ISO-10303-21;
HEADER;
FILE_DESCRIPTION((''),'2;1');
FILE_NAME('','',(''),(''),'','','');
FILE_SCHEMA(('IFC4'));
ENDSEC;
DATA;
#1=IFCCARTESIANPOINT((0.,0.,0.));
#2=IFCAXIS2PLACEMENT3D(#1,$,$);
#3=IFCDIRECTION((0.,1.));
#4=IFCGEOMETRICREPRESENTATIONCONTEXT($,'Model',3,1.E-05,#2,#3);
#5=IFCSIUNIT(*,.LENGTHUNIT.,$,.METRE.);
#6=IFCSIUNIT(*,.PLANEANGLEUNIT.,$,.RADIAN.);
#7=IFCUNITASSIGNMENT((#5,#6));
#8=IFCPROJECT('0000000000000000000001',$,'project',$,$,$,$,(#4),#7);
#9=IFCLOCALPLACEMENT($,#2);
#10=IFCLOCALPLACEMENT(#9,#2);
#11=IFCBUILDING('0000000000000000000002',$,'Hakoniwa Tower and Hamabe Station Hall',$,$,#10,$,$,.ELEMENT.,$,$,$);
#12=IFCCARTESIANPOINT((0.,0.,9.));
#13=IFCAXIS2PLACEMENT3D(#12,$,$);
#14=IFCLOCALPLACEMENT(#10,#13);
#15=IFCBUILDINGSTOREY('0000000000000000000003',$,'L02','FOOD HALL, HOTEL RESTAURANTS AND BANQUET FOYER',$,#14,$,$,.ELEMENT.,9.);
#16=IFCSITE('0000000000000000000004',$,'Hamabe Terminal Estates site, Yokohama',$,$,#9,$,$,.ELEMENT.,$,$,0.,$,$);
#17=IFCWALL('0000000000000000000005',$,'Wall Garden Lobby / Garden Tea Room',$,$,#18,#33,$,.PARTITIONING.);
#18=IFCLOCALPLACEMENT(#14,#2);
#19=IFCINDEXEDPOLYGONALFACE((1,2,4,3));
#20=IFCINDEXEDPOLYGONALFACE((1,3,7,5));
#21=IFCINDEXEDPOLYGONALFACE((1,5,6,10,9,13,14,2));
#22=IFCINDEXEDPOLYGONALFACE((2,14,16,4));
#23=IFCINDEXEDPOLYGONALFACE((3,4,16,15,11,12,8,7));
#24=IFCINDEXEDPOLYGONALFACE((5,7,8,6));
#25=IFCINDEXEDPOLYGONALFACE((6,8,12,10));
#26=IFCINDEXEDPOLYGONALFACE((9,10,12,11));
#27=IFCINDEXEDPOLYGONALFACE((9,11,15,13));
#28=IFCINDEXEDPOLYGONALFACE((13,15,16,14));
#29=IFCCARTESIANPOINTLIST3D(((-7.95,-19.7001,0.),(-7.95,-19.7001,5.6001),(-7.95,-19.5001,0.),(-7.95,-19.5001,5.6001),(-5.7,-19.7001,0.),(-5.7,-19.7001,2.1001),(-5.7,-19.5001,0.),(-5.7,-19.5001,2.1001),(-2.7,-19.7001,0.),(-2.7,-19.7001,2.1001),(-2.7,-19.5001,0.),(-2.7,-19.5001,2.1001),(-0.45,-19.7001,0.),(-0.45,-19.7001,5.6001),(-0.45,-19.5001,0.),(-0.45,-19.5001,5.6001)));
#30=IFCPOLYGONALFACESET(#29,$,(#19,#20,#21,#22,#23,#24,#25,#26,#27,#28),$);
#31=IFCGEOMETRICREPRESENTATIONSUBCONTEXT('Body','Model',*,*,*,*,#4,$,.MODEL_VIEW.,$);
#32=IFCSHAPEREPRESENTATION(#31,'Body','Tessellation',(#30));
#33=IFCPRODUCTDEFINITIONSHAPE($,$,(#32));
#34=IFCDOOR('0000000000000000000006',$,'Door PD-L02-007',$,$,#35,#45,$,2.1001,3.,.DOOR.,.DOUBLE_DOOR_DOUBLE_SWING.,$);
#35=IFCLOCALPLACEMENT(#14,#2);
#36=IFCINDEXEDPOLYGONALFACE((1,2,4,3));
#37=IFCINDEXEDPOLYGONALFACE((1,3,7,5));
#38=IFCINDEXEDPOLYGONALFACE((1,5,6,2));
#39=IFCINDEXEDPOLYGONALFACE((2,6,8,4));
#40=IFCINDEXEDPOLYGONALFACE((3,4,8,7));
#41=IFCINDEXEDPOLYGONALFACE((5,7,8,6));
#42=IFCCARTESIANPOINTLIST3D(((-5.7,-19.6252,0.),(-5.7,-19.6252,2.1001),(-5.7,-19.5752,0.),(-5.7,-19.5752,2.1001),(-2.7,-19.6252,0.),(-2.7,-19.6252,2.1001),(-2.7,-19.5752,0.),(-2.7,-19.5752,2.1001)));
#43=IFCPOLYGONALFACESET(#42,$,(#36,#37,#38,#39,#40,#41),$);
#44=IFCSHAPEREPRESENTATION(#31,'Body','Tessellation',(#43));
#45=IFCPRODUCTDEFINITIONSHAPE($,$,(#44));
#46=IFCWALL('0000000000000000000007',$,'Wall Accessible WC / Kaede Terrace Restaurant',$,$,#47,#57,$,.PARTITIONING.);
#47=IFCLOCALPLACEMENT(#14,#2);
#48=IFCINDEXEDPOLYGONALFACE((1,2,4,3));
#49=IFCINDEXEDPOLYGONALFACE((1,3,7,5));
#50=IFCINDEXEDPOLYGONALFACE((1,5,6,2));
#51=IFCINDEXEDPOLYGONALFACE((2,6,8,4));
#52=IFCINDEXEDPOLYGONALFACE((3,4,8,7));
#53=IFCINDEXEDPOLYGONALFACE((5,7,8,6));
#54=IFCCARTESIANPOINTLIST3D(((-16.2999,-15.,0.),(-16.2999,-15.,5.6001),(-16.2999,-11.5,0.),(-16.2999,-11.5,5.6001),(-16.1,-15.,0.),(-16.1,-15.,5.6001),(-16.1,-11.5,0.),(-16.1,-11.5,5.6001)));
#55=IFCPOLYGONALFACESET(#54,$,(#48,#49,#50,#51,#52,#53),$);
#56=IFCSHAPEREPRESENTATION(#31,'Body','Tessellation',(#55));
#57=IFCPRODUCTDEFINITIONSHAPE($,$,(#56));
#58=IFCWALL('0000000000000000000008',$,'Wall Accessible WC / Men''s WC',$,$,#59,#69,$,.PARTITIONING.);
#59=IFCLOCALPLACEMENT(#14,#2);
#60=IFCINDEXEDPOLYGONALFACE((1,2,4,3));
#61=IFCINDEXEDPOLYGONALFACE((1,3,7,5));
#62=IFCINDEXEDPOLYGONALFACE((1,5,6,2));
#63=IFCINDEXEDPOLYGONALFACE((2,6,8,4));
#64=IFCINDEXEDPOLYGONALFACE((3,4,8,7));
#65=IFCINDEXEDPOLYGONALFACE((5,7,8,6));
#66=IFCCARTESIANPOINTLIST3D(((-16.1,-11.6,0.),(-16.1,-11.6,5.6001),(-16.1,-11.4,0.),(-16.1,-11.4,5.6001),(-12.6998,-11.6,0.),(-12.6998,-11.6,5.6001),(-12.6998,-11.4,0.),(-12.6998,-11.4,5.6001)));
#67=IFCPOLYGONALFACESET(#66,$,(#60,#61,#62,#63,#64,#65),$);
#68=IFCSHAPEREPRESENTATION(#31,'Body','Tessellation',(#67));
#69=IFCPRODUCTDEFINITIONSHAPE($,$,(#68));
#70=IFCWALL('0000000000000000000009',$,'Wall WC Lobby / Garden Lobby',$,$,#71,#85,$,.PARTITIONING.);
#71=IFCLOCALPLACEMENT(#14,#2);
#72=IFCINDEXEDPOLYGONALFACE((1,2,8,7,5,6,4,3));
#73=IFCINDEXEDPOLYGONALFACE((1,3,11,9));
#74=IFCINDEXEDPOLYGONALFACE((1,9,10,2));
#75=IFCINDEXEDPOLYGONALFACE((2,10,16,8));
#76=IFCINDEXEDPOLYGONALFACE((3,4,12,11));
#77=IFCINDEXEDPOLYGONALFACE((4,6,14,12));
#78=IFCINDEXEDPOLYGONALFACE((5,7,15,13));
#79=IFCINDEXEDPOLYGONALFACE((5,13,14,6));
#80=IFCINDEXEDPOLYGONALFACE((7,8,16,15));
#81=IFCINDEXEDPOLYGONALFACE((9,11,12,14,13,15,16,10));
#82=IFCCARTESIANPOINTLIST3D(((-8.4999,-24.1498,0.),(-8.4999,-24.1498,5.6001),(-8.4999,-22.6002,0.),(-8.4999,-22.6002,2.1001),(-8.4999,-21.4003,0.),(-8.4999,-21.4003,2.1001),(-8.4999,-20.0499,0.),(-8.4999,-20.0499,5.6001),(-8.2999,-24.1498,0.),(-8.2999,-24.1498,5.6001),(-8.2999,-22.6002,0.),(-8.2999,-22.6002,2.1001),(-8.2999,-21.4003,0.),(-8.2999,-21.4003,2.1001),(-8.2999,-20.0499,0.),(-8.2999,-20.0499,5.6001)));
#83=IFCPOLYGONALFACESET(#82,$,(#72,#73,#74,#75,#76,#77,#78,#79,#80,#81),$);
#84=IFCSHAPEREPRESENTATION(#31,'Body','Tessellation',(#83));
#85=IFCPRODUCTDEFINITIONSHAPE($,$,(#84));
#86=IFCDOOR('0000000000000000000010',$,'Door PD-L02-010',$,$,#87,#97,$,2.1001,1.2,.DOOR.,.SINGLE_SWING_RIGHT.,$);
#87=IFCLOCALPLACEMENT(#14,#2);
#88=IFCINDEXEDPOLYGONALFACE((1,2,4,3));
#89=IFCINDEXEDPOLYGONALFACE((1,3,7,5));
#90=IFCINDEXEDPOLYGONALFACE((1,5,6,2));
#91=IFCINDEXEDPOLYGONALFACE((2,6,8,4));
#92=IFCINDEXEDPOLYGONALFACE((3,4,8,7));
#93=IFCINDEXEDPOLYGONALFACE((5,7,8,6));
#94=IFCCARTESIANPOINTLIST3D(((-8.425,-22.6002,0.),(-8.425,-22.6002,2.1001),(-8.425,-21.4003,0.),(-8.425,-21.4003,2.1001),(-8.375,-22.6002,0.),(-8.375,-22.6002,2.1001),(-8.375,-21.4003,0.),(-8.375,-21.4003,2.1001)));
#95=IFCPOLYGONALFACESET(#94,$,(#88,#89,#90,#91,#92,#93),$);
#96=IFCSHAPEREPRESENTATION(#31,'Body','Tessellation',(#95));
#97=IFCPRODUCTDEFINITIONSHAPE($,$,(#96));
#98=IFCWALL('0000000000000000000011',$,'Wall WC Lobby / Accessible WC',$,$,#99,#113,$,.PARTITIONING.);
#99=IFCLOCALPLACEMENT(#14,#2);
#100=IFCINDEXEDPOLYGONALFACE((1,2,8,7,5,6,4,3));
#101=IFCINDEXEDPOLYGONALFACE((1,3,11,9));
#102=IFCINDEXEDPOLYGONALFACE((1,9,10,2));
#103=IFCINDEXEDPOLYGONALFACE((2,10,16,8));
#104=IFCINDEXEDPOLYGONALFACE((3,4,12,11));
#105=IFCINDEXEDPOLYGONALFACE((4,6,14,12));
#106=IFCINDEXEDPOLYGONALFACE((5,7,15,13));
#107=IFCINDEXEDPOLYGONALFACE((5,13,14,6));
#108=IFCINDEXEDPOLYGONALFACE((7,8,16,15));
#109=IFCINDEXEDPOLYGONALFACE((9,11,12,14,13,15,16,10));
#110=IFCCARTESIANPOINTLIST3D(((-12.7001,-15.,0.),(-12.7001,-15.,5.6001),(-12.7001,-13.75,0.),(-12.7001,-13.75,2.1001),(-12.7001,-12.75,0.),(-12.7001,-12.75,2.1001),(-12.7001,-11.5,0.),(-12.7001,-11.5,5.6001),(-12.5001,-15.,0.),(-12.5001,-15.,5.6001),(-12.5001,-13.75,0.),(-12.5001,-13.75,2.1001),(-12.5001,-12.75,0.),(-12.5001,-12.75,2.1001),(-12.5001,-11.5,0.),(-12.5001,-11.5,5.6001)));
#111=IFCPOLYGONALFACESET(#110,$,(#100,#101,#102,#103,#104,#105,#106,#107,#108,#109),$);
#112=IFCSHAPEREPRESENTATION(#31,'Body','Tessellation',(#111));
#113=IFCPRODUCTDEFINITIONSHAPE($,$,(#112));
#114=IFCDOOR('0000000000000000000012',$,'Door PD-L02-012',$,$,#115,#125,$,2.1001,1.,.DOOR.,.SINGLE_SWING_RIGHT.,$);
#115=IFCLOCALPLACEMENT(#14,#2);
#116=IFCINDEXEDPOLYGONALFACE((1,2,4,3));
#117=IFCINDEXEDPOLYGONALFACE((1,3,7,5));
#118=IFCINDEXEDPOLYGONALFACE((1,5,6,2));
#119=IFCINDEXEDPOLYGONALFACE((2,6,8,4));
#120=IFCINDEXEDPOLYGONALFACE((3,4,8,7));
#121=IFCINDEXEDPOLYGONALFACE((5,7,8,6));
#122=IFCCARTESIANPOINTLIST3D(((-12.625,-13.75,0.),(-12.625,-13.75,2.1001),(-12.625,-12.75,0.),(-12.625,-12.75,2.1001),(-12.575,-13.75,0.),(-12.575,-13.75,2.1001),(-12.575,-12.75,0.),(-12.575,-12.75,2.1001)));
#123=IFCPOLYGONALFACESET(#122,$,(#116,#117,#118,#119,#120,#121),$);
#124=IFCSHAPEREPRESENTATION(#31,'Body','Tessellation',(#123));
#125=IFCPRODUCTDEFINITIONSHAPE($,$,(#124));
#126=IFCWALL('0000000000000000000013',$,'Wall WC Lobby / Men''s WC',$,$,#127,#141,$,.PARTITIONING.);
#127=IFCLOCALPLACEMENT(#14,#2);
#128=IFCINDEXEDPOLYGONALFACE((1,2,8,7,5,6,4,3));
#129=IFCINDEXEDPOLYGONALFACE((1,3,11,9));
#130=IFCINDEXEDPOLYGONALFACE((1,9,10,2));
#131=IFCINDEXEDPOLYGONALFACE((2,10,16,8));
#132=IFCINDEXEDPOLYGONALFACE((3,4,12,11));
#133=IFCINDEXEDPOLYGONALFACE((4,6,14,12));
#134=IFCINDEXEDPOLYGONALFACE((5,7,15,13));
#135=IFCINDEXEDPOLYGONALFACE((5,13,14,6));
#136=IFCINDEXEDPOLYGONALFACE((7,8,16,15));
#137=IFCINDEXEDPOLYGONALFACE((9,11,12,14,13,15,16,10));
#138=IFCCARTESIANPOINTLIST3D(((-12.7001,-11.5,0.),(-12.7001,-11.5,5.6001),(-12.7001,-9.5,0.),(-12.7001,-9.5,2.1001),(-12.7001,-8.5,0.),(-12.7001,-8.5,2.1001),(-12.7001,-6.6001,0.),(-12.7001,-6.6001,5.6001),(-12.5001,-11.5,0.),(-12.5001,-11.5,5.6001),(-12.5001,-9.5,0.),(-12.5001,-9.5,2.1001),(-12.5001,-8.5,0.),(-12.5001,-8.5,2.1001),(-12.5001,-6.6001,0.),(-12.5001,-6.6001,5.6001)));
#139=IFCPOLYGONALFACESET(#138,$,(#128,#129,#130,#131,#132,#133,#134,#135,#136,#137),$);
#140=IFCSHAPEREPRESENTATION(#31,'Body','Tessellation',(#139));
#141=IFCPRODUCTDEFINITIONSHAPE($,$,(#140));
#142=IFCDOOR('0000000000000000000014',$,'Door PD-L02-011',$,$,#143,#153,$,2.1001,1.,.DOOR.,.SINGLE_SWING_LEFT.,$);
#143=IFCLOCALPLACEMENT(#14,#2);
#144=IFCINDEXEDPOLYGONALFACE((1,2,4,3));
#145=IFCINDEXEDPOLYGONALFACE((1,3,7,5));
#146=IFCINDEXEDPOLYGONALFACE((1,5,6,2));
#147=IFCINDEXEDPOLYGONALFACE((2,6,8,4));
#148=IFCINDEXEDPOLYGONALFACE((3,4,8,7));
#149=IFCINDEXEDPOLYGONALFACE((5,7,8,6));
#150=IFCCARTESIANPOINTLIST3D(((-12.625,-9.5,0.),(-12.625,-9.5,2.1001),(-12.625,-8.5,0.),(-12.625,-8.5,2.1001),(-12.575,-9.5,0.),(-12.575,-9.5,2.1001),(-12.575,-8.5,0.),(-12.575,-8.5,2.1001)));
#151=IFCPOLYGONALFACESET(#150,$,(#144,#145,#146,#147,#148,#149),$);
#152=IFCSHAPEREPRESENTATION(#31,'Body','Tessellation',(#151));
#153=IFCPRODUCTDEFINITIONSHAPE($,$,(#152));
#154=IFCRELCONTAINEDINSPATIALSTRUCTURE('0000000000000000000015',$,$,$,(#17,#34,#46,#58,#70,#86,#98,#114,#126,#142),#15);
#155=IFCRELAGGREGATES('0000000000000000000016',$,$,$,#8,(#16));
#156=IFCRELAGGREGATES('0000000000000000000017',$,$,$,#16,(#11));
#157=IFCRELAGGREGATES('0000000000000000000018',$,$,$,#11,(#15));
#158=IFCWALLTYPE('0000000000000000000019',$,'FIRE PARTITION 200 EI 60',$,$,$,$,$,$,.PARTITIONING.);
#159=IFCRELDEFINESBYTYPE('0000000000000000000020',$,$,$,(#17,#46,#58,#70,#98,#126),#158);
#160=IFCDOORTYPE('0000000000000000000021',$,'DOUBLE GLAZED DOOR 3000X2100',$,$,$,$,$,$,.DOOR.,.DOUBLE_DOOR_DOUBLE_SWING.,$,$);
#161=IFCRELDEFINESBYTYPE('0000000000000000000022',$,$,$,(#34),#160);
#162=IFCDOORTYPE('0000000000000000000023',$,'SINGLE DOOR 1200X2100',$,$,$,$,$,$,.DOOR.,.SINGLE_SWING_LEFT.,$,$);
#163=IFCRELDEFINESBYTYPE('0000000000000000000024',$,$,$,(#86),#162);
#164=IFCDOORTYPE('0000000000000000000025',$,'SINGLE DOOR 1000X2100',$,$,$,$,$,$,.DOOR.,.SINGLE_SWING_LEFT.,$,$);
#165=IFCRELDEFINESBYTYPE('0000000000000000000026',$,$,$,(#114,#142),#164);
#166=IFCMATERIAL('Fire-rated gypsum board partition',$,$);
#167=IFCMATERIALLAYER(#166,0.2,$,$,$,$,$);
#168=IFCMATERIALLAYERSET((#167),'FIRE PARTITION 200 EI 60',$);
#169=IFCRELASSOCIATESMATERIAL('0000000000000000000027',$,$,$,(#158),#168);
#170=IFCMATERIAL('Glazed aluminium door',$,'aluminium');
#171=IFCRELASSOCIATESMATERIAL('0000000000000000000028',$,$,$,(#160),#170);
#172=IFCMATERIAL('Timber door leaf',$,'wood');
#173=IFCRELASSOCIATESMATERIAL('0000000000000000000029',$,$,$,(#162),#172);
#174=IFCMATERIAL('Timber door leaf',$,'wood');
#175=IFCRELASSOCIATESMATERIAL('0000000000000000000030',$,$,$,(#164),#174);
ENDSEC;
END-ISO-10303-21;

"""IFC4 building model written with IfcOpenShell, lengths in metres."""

from ifc_helpers import new_model, si_unit, direction, frame, frame_2d, origin, place, context, subcontext, project, spatial, rectangle, extrude, material, layer, layer_set, type_object, element, fill, save


model = new_model("IFC4")

# Units and contexts
model_context = context("Model", 3, precision=1e-05, world=origin(), true_north=direction((0.0, 1.0)))
body_context = subcontext(model_context, "Body", "Model", "MODEL_VIEW")
ifc_project = project(units=[si_unit("LENGTHUNIT", "METRE"), si_unit("PLANEANGLEUNIT", "RADIAN")], contexts=[model_context])

# Site, building, storey
site_placement = place(None, origin())
site = spatial("IfcSite", under=ifc_project, at=site_placement, Name="Hamabe Terminal Estates site, Yokohama", CompositionType="ELEMENT", RefElevation=0.0)
building_placement = place(site_placement, origin())
building = spatial("IfcBuilding", under=site, at=building_placement, Name="Hakoniwa Tower and Hamabe Station Hall", CompositionType="ELEMENT")
storey_placement = place(building_placement, frame((0.0, 0.0, 9.0)))
storey = spatial("IfcBuildingStorey", under=building, at=storey_placement, Name="L02", Description="FOOD HALL, HOTEL RESTAURANTS AND BANQUET FOYER", CompositionType="ELEMENT", Elevation=9.0)

# Wall, opening, door
ifc_material_1 = material(Name="Fire-rated gypsum board partition")
ifc_layer = layer(ifc_material_1, 0.2)
ifc_layer_set = layer_set([ifc_layer], Name="FIRE PARTITION 200 EI 60")
wall_type = type_object("IfcWallType", Name="FIRE PARTITION 200 EI 60", PredefinedType="PARTITIONING", material=ifc_layer_set)
wall_1_placement = place(storey_placement, frame((-7.95, -19.6001, 0.0), z_axis=(0.0, 0.0, 1.0), x_axis=(1.0, 0.0, 0.0)))
wall_1 = element("IfcWall", 1, at=wall_1_placement, inside=storey, type_object=wall_type, Name="Wall Garden Lobby / Garden Tea Room", PredefinedType="PARTITIONING", context=body_context, shape_type="SweptSolid", body=[
    extrude(rectangle(XDim=7.5, YDim=0.2, at=frame_2d((3.75, 0.0))), origin(), (0.0, 0.0, 1.0), 5.6001),
])
opening_1_placement = place(wall_1_placement, frame((2.25, 0.0, 0.0)))
opening_1 = element("IfcOpeningElement", 2, at=opening_1_placement, cuts=wall_1, PredefinedType="OPENING", context=body_context, shape_type="SweptSolid", body=[
    extrude(rectangle(XDim=3.0, YDim=2.1001, at=frame_2d((1.5, 1.05))), frame((0.0, 0.1099, 0.0), z_axis=(0.0, -1.0, 0.0), x_axis=(1.0, 0.0, 0.0)), (0.0, 0.0, 1.0), 0.22),
])
ifc_material_2 = material(Name="Glazed aluminium door", Category="aluminium")
door_type_1 = type_object("IfcDoorType", Name="DOUBLE GLAZED DOOR 3000X2100", OperationType="DOUBLE_DOOR_DOUBLE_SWING", PredefinedType="DOOR", material=ifc_material_2)
door_1_placement = place(opening_1_placement, origin())
door_1 = element("IfcDoor", 3, at=door_1_placement, inside=storey, type_object=door_type_1, Name="Door PD-L02-007", OperationType="DOUBLE_DOOR_DOUBLE_SWING", OverallHeight=2.1001, OverallWidth=3.0, PredefinedType="DOOR", context=body_context, shape_type="SweptSolid", body=[
    extrude(rectangle(XDim=3.0, YDim=2.1001, at=frame_2d((1.5, 1.05))), frame((0.0, 0.0249, 0.0), z_axis=(0.0, -1.0, 0.0), x_axis=(1.0, 0.0, 0.0)), (0.0, 0.0, 1.0), 0.05),
])
fill(opening_1, door_1)

# Walls
wall_2_placement = place(storey_placement, frame((-16.2, -15.0, 0.0), z_axis=(0.0, 0.0, 1.0), x_axis=(0.0, 1.0, 0.0)))
element("IfcWall", 4, at=wall_2_placement, inside=storey, type_object=wall_type, Name="Wall Accessible WC / Kaede Terrace Restaurant", PredefinedType="PARTITIONING", context=body_context, shape_type="SweptSolid", body=[
    extrude(rectangle(XDim=3.5, YDim=0.2, at=frame_2d((1.75, 0.0))), origin(), (0.0, 0.0, 1.0), 5.6001),
])
wall_3_placement = place(storey_placement, frame((-16.1001, -11.5, 0.0), z_axis=(0.0, 0.0, 1.0), x_axis=(1.0, 0.0, 0.0)))
element("IfcWall", 5, at=wall_3_placement, inside=storey, type_object=wall_type, Name="Wall Accessible WC / Men's WC", PredefinedType="PARTITIONING", context=body_context, shape_type="SweptSolid", body=[
    extrude(rectangle(XDim=3.4001, YDim=0.2, at=frame_2d((1.7002, 0.0))), origin(), (0.0, 0.0, 1.0), 5.6001),
])

# Walls, openings, doors
wall_4_placement = place(storey_placement, frame((-8.3999, -20.05, 0.0), z_axis=(0.0, 0.0, 1.0), x_axis=(0.0, -1.0, 0.0)))
wall_4 = element("IfcWall", 6, at=wall_4_placement, inside=storey, type_object=wall_type, Name="Wall WC Lobby / Garden Lobby", PredefinedType="PARTITIONING", context=body_context, shape_type="SweptSolid", body=[
    extrude(rectangle(XDim=4.0999, YDim=0.2, at=frame_2d((2.0498, 0.0))), origin(), (0.0, 0.0, 1.0), 5.6001),
])
opening_2_placement = place(wall_4_placement, frame((1.3501, 0.0, 0.0)))
opening_2 = element("IfcOpeningElement", 7, at=opening_2_placement, cuts=wall_4, PredefinedType="OPENING", context=body_context, shape_type="SweptSolid", body=[
    extrude(rectangle(XDim=1.2, YDim=2.1001, at=frame_2d((0.6001, 1.05))), frame((0.0, 0.1099, 0.0), z_axis=(0.0, -1.0, 0.0), x_axis=(1.0, 0.0, 0.0)), (0.0, 0.0, 1.0), 0.22),
])
ifc_material_3 = material(Name="Timber door leaf", Category="wood")
door_type_2 = type_object("IfcDoorType", Name="SINGLE DOOR 1200X2100", OperationType="SINGLE_SWING_LEFT", PredefinedType="DOOR", material=ifc_material_3)
door_2_placement = place(opening_2_placement, origin())
door_2 = element("IfcDoor", 8, at=door_2_placement, inside=storey, type_object=door_type_2, Name="Door PD-L02-010", OperationType="SINGLE_SWING_RIGHT", OverallHeight=2.1001, OverallWidth=1.2, PredefinedType="DOOR", context=body_context, shape_type="SweptSolid", body=[
    extrude(rectangle(XDim=1.2, YDim=2.1001, at=frame_2d((0.6001, 1.05))), frame((0.0, 0.0249, 0.0), z_axis=(0.0, -1.0, 0.0), x_axis=(1.0, 0.0, 0.0)), (0.0, 0.0, 1.0), 0.05),
])
fill(opening_2, door_2)
wall_5_placement = place(storey_placement, frame((-12.6001, -15.0, 0.0), z_axis=(0.0, 0.0, 1.0), x_axis=(0.0, 1.0, 0.0)))
wall_5 = element("IfcWall", 9, at=wall_5_placement, inside=storey, type_object=wall_type, Name="Wall WC Lobby / Accessible WC", PredefinedType="PARTITIONING", context=body_context, shape_type="SweptSolid", body=[
    extrude(rectangle(XDim=3.5, YDim=0.2, at=frame_2d((1.75, 0.0))), origin(), (0.0, 0.0, 1.0), 5.6001),
])
opening_3_placement = place(wall_5_placement, frame((1.25, 0.0, 0.0)))
opening_3 = element("IfcOpeningElement", 10, at=opening_3_placement, cuts=wall_5, PredefinedType="OPENING", context=body_context, shape_type="SweptSolid", body=[
    extrude(rectangle(XDim=1.0, YDim=2.1001, at=frame_2d((0.5, 1.05))), frame((0.0, 0.1099, 0.0), z_axis=(0.0, -1.0, 0.0), x_axis=(1.0, 0.0, 0.0)), (0.0, 0.0, 1.0), 0.22),
])
ifc_material_4 = material(Name="Timber door leaf", Category="wood")
door_type_3 = type_object("IfcDoorType", Name="SINGLE DOOR 1000X2100", OperationType="SINGLE_SWING_LEFT", PredefinedType="DOOR", material=ifc_material_4)
door_3_placement = place(opening_3_placement, origin())
door_3 = element("IfcDoor", 11, at=door_3_placement, inside=storey, type_object=door_type_3, Name="Door PD-L02-012", OperationType="SINGLE_SWING_RIGHT", OverallHeight=2.1001, OverallWidth=1.0, PredefinedType="DOOR", context=body_context, shape_type="SweptSolid", body=[
    extrude(rectangle(XDim=1.0, YDim=2.1001, at=frame_2d((0.5, 1.05))), frame((0.0, 0.0249, 0.0), z_axis=(0.0, -1.0, 0.0), x_axis=(1.0, 0.0, 0.0)), (0.0, 0.0, 1.0), 0.05),
])
fill(opening_3, door_3)
wall_6_placement = place(storey_placement, frame((-12.6001, -11.5, 0.0), z_axis=(0.0, 0.0, 1.0), x_axis=(0.0, 1.0, 0.0)))
wall_6 = element("IfcWall", 12, at=wall_6_placement, inside=storey, type_object=wall_type, Name="Wall WC Lobby / Men's WC", PredefinedType="PARTITIONING", context=body_context, shape_type="SweptSolid", body=[
    extrude(rectangle(XDim=4.8999, YDim=0.2, at=frame_2d((2.45, 0.0))), origin(), (0.0, 0.0, 1.0), 5.6001),
])
opening_4_placement = place(wall_6_placement, frame((2.0, 0.0, 0.0)))
opening_4 = element("IfcOpeningElement", 13, at=opening_4_placement, cuts=wall_6, PredefinedType="OPENING", context=body_context, shape_type="SweptSolid", body=[
    extrude(rectangle(XDim=1.0, YDim=2.1001, at=frame_2d((0.5, 1.05))), frame((0.0, 0.1099, 0.0), z_axis=(0.0, -1.0, 0.0), x_axis=(1.0, 0.0, 0.0)), (0.0, 0.0, 1.0), 0.22),
])
door_4_placement = place(opening_4_placement, origin())
door_4 = element("IfcDoor", 14, at=door_4_placement, inside=storey, type_object=door_type_3, Name="Door PD-L02-011", OperationType="SINGLE_SWING_LEFT", OverallHeight=2.1001, OverallWidth=1.0, PredefinedType="DOOR", context=body_context, shape_type="SweptSolid", body=[
    extrude(rectangle(XDim=1.0, YDim=2.1001, at=frame_2d((0.5, 1.05))), frame((0.0, 0.0249, 0.0), z_axis=(0.0, -1.0, 0.0), x_axis=(1.0, 0.0, 0.0)), (0.0, 0.0, 1.0), 0.05),
])
fill(opening_4, door_4)

save(model, "model.ifc")
